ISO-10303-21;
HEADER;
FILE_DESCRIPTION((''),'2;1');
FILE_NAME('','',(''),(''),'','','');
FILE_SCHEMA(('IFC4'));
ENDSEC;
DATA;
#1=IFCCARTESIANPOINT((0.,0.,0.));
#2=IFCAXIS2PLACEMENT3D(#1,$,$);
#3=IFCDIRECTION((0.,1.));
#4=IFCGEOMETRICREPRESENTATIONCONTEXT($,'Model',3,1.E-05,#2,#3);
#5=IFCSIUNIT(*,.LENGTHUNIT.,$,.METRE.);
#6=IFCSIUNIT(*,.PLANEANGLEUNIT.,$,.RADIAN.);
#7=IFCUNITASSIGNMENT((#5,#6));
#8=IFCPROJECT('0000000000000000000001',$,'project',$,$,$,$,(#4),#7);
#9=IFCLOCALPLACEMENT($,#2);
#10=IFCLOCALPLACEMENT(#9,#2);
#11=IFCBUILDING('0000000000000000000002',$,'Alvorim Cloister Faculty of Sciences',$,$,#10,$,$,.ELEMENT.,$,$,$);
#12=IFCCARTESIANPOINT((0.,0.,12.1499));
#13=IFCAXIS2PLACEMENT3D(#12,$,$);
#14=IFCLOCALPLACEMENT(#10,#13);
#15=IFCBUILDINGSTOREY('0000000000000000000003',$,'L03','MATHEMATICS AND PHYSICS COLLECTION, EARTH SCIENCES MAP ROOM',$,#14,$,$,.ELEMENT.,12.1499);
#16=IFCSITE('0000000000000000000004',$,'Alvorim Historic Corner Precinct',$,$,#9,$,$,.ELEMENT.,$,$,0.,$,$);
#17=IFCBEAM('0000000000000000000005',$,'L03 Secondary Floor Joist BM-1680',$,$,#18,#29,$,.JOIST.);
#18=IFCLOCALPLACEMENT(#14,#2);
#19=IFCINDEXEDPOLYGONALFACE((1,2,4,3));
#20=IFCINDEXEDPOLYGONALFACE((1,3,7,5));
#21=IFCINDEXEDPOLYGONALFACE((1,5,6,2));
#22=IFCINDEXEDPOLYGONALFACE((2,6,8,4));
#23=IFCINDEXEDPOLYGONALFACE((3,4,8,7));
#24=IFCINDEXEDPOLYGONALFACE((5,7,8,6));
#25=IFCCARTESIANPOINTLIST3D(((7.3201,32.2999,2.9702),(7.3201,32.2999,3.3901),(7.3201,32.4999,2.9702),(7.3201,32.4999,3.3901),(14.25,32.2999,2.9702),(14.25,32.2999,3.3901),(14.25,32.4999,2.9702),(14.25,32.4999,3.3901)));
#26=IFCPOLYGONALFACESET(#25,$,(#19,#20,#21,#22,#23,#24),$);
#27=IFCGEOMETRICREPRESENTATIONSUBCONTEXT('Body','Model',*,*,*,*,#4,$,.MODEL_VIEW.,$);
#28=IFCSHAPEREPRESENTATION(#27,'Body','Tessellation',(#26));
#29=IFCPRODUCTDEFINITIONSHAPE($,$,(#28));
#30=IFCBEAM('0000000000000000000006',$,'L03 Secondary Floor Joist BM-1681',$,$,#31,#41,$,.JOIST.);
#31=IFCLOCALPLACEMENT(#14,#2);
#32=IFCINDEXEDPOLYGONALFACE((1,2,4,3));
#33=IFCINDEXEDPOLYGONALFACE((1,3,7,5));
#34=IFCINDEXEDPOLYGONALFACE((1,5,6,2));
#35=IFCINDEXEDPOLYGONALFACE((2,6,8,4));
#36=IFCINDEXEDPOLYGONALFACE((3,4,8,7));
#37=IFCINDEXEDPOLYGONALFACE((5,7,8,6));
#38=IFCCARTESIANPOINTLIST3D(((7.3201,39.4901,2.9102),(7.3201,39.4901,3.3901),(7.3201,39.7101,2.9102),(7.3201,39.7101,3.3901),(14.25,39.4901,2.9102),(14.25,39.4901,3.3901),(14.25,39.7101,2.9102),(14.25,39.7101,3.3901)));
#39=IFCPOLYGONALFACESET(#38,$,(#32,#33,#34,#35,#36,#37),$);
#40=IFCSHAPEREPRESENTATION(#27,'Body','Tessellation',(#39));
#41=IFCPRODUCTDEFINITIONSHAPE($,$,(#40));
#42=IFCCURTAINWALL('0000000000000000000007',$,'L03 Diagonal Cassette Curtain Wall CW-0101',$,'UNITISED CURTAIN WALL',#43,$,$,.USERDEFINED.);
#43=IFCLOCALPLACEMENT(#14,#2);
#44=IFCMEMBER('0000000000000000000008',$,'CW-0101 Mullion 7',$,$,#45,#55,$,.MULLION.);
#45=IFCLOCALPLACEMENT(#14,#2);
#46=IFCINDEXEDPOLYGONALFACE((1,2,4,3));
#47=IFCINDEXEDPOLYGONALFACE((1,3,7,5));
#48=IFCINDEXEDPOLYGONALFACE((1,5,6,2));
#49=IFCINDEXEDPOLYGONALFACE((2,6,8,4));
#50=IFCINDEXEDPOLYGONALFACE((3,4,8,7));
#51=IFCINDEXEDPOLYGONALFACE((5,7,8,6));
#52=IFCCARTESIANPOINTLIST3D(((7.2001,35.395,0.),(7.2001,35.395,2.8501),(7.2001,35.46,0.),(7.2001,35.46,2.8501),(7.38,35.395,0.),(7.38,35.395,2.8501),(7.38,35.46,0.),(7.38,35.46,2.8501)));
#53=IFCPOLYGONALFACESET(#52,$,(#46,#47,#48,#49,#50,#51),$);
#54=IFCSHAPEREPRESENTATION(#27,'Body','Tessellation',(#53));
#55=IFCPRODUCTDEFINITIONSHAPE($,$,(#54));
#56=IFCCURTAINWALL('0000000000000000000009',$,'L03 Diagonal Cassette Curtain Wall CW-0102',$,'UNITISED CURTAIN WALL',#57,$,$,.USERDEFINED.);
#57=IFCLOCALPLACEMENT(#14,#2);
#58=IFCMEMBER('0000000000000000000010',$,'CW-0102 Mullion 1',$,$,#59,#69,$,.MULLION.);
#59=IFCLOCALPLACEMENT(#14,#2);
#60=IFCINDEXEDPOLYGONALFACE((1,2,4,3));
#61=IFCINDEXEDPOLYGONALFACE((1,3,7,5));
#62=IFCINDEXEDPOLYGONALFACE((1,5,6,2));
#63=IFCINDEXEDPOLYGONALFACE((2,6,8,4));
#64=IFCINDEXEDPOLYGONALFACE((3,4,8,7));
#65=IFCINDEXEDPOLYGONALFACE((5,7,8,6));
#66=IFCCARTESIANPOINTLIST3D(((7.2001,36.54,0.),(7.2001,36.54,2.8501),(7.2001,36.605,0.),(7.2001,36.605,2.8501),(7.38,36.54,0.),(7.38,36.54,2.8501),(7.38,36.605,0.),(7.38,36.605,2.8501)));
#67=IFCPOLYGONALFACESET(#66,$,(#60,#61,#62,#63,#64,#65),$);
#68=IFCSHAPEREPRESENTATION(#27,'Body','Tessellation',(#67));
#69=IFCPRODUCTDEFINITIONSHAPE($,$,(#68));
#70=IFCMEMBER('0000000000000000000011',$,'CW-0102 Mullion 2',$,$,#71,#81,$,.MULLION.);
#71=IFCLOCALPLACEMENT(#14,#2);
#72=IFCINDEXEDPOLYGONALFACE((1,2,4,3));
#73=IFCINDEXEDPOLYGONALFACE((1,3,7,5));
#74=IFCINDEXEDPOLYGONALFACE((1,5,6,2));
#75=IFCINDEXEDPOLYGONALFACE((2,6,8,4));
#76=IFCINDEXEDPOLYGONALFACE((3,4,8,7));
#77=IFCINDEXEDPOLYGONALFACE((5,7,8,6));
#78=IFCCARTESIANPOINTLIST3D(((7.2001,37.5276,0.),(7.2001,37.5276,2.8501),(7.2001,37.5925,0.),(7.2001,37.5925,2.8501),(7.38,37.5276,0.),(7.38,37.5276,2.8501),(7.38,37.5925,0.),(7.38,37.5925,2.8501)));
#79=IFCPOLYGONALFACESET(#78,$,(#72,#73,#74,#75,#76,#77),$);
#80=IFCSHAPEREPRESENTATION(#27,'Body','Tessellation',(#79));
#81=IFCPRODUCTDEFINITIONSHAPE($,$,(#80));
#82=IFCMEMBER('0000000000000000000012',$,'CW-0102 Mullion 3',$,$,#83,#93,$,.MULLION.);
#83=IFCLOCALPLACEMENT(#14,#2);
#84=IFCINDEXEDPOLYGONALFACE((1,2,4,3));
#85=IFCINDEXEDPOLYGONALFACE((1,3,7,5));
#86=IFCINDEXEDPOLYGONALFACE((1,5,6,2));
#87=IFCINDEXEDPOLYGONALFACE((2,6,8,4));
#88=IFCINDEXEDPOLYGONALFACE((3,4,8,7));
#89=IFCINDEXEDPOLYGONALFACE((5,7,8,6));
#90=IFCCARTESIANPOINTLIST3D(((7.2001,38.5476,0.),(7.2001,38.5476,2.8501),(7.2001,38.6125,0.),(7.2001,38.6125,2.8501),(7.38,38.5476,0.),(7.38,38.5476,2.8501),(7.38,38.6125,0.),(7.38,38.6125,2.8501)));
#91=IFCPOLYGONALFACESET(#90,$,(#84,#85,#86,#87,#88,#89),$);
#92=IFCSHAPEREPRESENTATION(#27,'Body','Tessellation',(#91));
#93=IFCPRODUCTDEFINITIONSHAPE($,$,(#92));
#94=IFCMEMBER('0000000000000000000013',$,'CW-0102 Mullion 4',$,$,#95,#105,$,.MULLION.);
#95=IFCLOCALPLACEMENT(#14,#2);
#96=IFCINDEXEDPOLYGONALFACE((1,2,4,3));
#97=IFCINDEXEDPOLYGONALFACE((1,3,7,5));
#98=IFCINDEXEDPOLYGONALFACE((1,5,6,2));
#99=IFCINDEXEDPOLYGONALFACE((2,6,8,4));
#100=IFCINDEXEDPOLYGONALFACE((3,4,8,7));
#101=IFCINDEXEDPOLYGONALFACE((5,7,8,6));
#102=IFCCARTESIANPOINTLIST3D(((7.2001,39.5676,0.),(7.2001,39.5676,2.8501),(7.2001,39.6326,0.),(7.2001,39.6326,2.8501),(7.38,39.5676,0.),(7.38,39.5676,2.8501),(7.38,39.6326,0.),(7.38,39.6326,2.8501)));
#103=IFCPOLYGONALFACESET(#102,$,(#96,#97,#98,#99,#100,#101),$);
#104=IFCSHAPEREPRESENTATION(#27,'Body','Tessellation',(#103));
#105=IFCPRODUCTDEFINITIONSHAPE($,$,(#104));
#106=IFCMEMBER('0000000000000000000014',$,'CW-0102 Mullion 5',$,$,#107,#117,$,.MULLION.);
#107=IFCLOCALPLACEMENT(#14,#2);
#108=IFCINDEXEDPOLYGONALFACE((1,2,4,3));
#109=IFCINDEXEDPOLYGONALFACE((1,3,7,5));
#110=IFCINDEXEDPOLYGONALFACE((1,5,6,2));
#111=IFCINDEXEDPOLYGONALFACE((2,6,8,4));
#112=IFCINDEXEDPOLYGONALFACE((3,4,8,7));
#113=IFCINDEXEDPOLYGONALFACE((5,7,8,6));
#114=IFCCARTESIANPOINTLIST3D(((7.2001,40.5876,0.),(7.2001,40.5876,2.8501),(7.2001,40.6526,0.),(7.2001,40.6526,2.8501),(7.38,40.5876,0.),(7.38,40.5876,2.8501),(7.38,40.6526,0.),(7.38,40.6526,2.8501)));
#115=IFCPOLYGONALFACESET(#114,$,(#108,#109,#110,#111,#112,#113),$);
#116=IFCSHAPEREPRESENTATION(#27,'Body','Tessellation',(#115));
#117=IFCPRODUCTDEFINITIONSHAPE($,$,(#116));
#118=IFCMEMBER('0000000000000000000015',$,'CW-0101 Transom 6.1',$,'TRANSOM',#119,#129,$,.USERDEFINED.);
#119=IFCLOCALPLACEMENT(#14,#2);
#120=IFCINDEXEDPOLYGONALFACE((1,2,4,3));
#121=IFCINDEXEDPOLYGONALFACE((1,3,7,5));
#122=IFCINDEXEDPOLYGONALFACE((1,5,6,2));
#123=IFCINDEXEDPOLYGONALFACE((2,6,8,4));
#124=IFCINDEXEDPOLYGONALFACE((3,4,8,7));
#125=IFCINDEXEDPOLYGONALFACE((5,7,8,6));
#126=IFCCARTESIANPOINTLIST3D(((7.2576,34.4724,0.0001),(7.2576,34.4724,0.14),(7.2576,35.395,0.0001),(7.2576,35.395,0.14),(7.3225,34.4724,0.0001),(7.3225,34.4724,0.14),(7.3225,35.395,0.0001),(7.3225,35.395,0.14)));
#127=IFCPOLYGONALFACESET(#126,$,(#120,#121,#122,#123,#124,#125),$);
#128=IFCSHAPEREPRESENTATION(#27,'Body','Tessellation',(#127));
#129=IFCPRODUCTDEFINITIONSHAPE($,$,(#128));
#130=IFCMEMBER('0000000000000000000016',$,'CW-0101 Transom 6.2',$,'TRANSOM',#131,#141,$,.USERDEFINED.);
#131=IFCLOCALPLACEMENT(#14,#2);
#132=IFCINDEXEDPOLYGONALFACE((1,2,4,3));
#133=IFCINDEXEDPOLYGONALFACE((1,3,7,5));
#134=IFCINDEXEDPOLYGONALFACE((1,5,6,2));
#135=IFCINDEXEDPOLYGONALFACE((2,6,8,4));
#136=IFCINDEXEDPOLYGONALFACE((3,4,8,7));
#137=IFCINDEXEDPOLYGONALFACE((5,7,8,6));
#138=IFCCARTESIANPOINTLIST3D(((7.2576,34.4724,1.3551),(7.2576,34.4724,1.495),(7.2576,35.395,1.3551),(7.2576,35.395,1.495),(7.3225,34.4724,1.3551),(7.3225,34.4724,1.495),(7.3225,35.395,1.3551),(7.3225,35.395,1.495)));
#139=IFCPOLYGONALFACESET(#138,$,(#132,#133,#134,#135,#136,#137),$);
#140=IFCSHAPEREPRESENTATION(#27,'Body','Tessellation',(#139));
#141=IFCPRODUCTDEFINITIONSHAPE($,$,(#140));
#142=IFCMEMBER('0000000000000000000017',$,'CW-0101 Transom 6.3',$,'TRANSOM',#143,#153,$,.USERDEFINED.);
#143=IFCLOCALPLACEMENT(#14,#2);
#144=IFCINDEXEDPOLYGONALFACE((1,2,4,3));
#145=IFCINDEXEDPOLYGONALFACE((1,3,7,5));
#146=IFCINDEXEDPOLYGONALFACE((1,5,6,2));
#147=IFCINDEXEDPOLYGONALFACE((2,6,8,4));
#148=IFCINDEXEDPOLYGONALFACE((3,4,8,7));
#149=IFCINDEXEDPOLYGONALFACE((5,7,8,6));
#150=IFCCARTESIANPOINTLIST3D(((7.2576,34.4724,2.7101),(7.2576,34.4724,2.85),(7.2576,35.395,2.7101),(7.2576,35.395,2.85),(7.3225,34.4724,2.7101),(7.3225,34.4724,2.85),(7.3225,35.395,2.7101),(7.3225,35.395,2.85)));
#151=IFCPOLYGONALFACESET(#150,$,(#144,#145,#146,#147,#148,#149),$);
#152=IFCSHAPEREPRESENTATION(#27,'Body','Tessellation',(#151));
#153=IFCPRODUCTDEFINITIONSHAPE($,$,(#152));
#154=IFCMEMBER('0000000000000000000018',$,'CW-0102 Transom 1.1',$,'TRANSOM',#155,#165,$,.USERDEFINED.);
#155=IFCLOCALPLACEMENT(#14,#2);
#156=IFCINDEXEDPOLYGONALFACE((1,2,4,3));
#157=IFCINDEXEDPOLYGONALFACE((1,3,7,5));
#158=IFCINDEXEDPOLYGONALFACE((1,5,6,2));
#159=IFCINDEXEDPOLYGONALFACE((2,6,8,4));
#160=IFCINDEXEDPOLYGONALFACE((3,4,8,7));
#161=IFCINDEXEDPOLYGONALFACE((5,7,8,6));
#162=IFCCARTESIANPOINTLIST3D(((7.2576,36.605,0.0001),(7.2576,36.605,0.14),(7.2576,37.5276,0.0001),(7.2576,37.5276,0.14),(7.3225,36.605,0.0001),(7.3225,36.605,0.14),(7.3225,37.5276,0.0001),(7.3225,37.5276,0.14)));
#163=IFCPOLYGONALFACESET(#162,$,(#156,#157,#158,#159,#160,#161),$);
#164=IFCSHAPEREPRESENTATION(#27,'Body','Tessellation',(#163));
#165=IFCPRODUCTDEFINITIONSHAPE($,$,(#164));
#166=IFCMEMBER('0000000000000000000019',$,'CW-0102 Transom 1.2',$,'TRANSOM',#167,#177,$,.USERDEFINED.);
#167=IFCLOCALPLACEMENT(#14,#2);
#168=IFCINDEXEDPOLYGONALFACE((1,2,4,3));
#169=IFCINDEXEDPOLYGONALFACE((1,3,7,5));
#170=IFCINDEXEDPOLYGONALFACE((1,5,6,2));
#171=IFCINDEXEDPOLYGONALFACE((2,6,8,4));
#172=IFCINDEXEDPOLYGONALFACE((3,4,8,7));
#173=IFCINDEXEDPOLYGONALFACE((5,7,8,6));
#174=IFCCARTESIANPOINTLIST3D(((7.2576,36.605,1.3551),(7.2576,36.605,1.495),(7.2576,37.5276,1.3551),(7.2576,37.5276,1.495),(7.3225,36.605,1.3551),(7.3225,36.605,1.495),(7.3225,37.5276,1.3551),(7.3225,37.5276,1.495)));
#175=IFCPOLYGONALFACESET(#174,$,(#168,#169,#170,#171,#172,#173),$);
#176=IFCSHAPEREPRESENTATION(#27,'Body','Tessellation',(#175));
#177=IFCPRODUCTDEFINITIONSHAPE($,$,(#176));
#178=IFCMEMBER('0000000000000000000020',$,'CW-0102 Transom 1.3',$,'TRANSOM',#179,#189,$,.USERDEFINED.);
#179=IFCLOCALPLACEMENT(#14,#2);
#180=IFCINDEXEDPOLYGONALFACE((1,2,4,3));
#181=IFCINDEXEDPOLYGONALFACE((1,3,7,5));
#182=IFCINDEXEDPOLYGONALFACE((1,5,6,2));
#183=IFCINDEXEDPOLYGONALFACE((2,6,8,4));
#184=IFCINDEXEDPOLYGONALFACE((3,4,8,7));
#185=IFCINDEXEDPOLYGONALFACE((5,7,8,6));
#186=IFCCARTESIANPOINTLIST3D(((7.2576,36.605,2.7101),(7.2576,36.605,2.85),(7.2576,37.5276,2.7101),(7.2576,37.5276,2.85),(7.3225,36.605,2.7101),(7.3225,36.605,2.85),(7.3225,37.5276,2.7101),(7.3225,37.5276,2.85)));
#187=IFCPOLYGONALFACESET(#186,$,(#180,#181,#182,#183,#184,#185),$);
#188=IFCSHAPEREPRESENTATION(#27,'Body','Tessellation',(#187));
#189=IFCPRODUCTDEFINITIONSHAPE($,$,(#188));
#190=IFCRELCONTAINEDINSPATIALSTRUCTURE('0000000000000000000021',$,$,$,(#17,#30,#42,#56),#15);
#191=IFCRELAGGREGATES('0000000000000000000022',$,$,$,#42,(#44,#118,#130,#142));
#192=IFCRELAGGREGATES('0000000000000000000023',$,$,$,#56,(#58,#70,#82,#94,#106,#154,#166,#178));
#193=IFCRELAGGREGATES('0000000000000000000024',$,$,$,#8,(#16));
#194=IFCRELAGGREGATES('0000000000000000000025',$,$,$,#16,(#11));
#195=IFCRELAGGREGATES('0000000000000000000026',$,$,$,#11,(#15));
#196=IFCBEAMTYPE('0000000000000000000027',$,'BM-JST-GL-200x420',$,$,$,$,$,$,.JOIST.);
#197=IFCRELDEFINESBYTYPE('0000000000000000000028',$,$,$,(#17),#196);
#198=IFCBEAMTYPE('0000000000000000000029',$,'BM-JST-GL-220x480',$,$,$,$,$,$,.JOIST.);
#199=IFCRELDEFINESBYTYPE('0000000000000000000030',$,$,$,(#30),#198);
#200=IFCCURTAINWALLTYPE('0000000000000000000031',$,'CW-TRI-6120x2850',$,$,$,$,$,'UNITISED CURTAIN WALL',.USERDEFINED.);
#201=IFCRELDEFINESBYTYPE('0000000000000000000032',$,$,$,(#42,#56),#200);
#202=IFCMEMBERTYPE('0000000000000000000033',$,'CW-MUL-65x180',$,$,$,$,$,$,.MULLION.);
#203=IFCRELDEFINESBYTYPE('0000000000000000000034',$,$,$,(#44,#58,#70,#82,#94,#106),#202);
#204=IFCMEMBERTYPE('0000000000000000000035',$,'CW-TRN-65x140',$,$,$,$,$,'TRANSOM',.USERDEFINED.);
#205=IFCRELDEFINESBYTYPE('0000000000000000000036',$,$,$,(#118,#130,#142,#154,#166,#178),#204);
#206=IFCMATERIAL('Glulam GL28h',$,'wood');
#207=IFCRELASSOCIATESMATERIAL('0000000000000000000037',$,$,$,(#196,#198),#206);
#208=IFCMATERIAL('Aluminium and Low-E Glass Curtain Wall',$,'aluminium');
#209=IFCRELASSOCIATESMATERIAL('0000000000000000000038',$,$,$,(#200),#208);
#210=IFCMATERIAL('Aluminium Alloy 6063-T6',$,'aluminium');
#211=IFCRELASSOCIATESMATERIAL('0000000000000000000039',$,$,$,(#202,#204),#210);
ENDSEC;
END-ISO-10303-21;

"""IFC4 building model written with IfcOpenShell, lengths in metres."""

from ifc_helpers import new_model, si_unit, direction, frame, origin, origin_2d, place, context, subcontext, project, spatial, rectangle, extrude, material, material_profile, profile_set, type_object, element, aggregate, save


model = new_model("IFC4")

# Units and contexts
model_context = context("Model", 3, precision=1e-05, world=origin(), true_north=direction((0.0, 1.0)))
body_context = subcontext(model_context, "Body", "Model", "MODEL_VIEW")
ifc_project = project(units=[si_unit("LENGTHUNIT", "METRE"), si_unit("PLANEANGLEUNIT", "RADIAN")], contexts=[model_context])

# Site, building, storey
site_placement = place(None, origin())
site = spatial("IfcSite", under=ifc_project, at=site_placement, Name="Alvorim Historic Corner Precinct", CompositionType="ELEMENT", RefElevation=0.0)
building_placement = place(site_placement, origin())
building = spatial("IfcBuilding", under=site, at=building_placement, Name="Alvorim Cloister Faculty of Sciences", CompositionType="ELEMENT")
storey_placement = place(building_placement, frame((0.0, 0.0, 12.1499)))
storey = spatial("IfcBuildingStorey", under=building, at=storey_placement, Name="L03", Description="MATHEMATICS AND PHYSICS COLLECTION, EARTH SCIENCES MAP ROOM", CompositionType="ELEMENT", Elevation=12.1499)

# Beams
ifc_material_1 = material(Name="Glulam GL28h", Category="wood")
ifc_material_profile_1 = material_profile(ifc_material_1, rectangle(XDim=0.2, YDim=0.4199, at=origin_2d()), Name="GL28-JST-200x420")
ifc_profile_set_1 = profile_set([ifc_material_profile_1], Name="Glulam GL28h")
beam_type_1 = type_object("IfcBeamType", Name="BM-JST-GL-200x420", PredefinedType="JOIST", material=ifc_profile_set_1)
beam_1_placement = place(storey_placement, frame((7.3201, 32.3999, 3.1802), z_axis=(1.0, 0.0, 0.0), x_axis=(0.0, 1.0, 0.0)))
element("IfcBeam", 1, at=beam_1_placement, inside=storey, type_object=beam_type_1, Name="L03 Secondary Floor Joist BM-1680", PredefinedType="JOIST", context=body_context, shape_type="SweptSolid", body=[
    extrude(rectangle(XDim=0.2, YDim=0.4199, at=origin_2d()), origin(), (0.0, 0.0, 1.0), 6.9299),
])
ifc_material_profile_2 = material_profile(ifc_material_1, rectangle(XDim=0.22, YDim=0.48, at=origin_2d()), Name="GL28-JST-220x480")
ifc_profile_set_2 = profile_set([ifc_material_profile_2], Name="Glulam GL28h")
beam_type_2 = type_object("IfcBeamType", Name="BM-JST-GL-220x480", PredefinedType="JOIST", material=ifc_profile_set_2)
beam_2_placement = place(storey_placement, frame((7.3201, 39.6001, 3.1501), z_axis=(1.0, 0.0, 0.0), x_axis=(0.0, 1.0, 0.0)))
element("IfcBeam", 2, at=beam_2_placement, inside=storey, type_object=beam_type_2, Name="L03 Secondary Floor Joist BM-1681", PredefinedType="JOIST", context=body_context, shape_type="SweptSolid", body=[
    extrude(rectangle(XDim=0.22, YDim=0.48, at=origin_2d()), origin(), (0.0, 0.0, 1.0), 6.9299),
])

# Curtain wall, member
ifc_material_2 = material(Name="Aluminium and Low-E Glass Curtain Wall", Category="aluminium")
curtain_wall_type = type_object("IfcCurtainWallType", Name="CW-TRI-6120x2850", ElementType="UNITISED CURTAIN WALL", PredefinedType="USERDEFINED", material=ifc_material_2)
curtain_wall_1_placement = place(storey_placement, origin())
curtain_wall_1 = element("IfcCurtainWall", 3, at=curtain_wall_1_placement, inside=storey, type_object=curtain_wall_type, Name="L03 Diagonal Cassette Curtain Wall CW-0101", ObjectType="UNITISED CURTAIN WALL", PredefinedType="USERDEFINED")
ifc_material_3 = material(Name="Aluminium Alloy 6063-T6", Category="aluminium")
ifc_material_profile_3 = material_profile(ifc_material_3, rectangle(XDim=0.0649, YDim=0.1799, at=origin_2d()), Name="ALU-MUL-65x180")
ifc_profile_set_3 = profile_set([ifc_material_profile_3], Name="Aluminium Alloy 6063-T6")
member_type_1 = type_object("IfcMemberType", Name="CW-MUL-65x180", PredefinedType="MULLION", material=ifc_profile_set_3)
member_1_placement = place(storey_placement, frame((7.29, 35.4275, 0.0), z_axis=(0.0, 0.0, 1.0), x_axis=(0.0, 1.0, 0.0)))
member_1 = element("IfcMember", 4, at=member_1_placement, type_object=member_type_1, Name="CW-0101 Mullion 7", PredefinedType="MULLION", context=body_context, shape_type="SweptSolid", body=[
    extrude(rectangle(XDim=0.0649, YDim=0.1799, at=origin_2d()), origin(), (0.0, 0.0, 1.0), 2.8501),
])

# Curtain wall, members
curtain_wall_2_placement = place(storey_placement, origin())
curtain_wall_2 = element("IfcCurtainWall", 5, at=curtain_wall_2_placement, inside=storey, type_object=curtain_wall_type, Name="L03 Diagonal Cassette Curtain Wall CW-0102", ObjectType="UNITISED CURTAIN WALL", PredefinedType="USERDEFINED")
member_2_placement = place(storey_placement, frame((7.29, 36.5725, 0.0), z_axis=(0.0, 0.0, 1.0), x_axis=(0.0, 1.0, 0.0)))
member_2 = element("IfcMember", 6, at=member_2_placement, type_object=member_type_1, Name="CW-0102 Mullion 1", PredefinedType="MULLION", context=body_context, shape_type="SweptSolid", body=[
    extrude(rectangle(XDim=0.0649, YDim=0.1799, at=origin_2d()), origin(), (0.0, 0.0, 1.0), 2.8501),
])
member_3_placement = place(storey_placement, frame((7.29, 37.5601, 0.0), z_axis=(0.0, 0.0, 1.0), x_axis=(0.0, 1.0, 0.0)))
member_3 = element("IfcMember", 7, at=member_3_placement, type_object=member_type_1, Name="CW-0102 Mullion 2", PredefinedType="MULLION", context=body_context, shape_type="SweptSolid", body=[
    extrude(rectangle(XDim=0.0649, YDim=0.1799, at=origin_2d()), origin(), (0.0, 0.0, 1.0), 2.8501),
])
member_4_placement = place(storey_placement, frame((7.29, 38.5801, 0.0), z_axis=(0.0, 0.0, 1.0), x_axis=(0.0, 1.0, 0.0)))
member_4 = element("IfcMember", 8, at=member_4_placement, type_object=member_type_1, Name="CW-0102 Mullion 3", PredefinedType="MULLION", context=body_context, shape_type="SweptSolid", body=[
    extrude(rectangle(XDim=0.0649, YDim=0.1799, at=origin_2d()), origin(), (0.0, 0.0, 1.0), 2.8501),
])
member_5_placement = place(storey_placement, frame((7.29, 39.6001, 0.0), z_axis=(0.0, 0.0, 1.0), x_axis=(0.0, 1.0, 0.0)))
member_5 = element("IfcMember", 9, at=member_5_placement, type_object=member_type_1, Name="CW-0102 Mullion 4", PredefinedType="MULLION", context=body_context, shape_type="SweptSolid", body=[
    extrude(rectangle(XDim=0.0649, YDim=0.1799, at=origin_2d()), origin(), (0.0, 0.0, 1.0), 2.8501),
])
member_6_placement = place(storey_placement, frame((7.29, 40.6201, 0.0), z_axis=(0.0, 0.0, 1.0), x_axis=(0.0, 1.0, 0.0)))
member_6 = element("IfcMember", 10, at=member_6_placement, type_object=member_type_1, Name="CW-0102 Mullion 5", PredefinedType="MULLION", context=body_context, shape_type="SweptSolid", body=[
    extrude(rectangle(XDim=0.0649, YDim=0.1799, at=origin_2d()), origin(), (0.0, 0.0, 1.0), 2.8501),
])

# Members
ifc_material_profile_4 = material_profile(ifc_material_3, rectangle(XDim=0.0649, YDim=0.1399, at=origin_2d()), Name="ALU-TRN-65x140")
ifc_profile_set_4 = profile_set([ifc_material_profile_4], Name="Aluminium Alloy 6063-T6")
member_type_2 = type_object("IfcMemberType", Name="CW-TRN-65x140", ElementType="TRANSOM", PredefinedType="USERDEFINED", material=ifc_profile_set_4)
member_7_placement = place(storey_placement, frame((7.29, 34.4724, 0.0701), z_axis=(0.0, 1.0, 0.0), x_axis=(-1.0, 0.0, 0.0)))
member_7 = element("IfcMember", 11, at=member_7_placement, type_object=member_type_2, Name="CW-0101 Transom 6.1", ObjectType="TRANSOM", PredefinedType="USERDEFINED", context=body_context, shape_type="SweptSolid", body=[
    extrude(rectangle(XDim=0.0649, YDim=0.1399, at=origin_2d()), origin(), (0.0, 0.0, 1.0), 0.9226),
])
member_8_placement = place(storey_placement, frame((7.29, 34.4724, 1.425), z_axis=(0.0, 1.0, 0.0), x_axis=(-1.0, 0.0, 0.0)))
member_8 = element("IfcMember", 12, at=member_8_placement, type_object=member_type_2, Name="CW-0101 Transom 6.2", ObjectType="TRANSOM", PredefinedType="USERDEFINED", context=body_context, shape_type="SweptSolid", body=[
    extrude(rectangle(XDim=0.0649, YDim=0.1399, at=origin_2d()), origin(), (0.0, 0.0, 1.0), 0.9226),
])
member_9_placement = place(storey_placement, frame((7.29, 34.4724, 2.78), z_axis=(0.0, 1.0, 0.0), x_axis=(-1.0, 0.0, 0.0)))
member_9 = element("IfcMember", 13, at=member_9_placement, type_object=member_type_2, Name="CW-0101 Transom 6.3", ObjectType="TRANSOM", PredefinedType="USERDEFINED", context=body_context, shape_type="SweptSolid", body=[
    extrude(rectangle(XDim=0.0649, YDim=0.1399, at=origin_2d()), origin(), (0.0, 0.0, 1.0), 0.9226),
])
aggregate(curtain_wall_1, [member_1, member_7, member_8, member_9])
member_10_placement = place(storey_placement, frame((7.29, 36.605, 0.0701), z_axis=(0.0, 1.0, 0.0), x_axis=(-1.0, 0.0, 0.0)))
member_10 = element("IfcMember", 14, at=member_10_placement, type_object=member_type_2, Name="CW-0102 Transom 1.1", ObjectType="TRANSOM", PredefinedType="USERDEFINED", context=body_context, shape_type="SweptSolid", body=[
    extrude(rectangle(XDim=0.0649, YDim=0.1399, at=origin_2d()), origin(), (0.0, 0.0, 1.0), 0.9226),
])
member_11_placement = place(storey_placement, frame((7.29, 36.605, 1.425), z_axis=(0.0, 1.0, 0.0), x_axis=(-1.0, 0.0, 0.0)))
member_11 = element("IfcMember", 15, at=member_11_placement, type_object=member_type_2, Name="CW-0102 Transom 1.2", ObjectType="TRANSOM", PredefinedType="USERDEFINED", context=body_context, shape_type="SweptSolid", body=[
    extrude(rectangle(XDim=0.0649, YDim=0.1399, at=origin_2d()), origin(), (0.0, 0.0, 1.0), 0.9226),
])
member_12_placement = place(storey_placement, frame((7.29, 36.605, 2.78), z_axis=(0.0, 1.0, 0.0), x_axis=(-1.0, 0.0, 0.0)))
member_12 = element("IfcMember", 16, at=member_12_placement, type_object=member_type_2, Name="CW-0102 Transom 1.3", ObjectType="TRANSOM", PredefinedType="USERDEFINED", context=body_context, shape_type="SweptSolid", body=[
    extrude(rectangle(XDim=0.0649, YDim=0.1399, at=origin_2d()), origin(), (0.0, 0.0, 1.0), 0.9226),
])
aggregate(curtain_wall_2, [member_2, member_3, member_4, member_5, member_6, member_10, member_11, member_12])

save(model, "model.ifc")
